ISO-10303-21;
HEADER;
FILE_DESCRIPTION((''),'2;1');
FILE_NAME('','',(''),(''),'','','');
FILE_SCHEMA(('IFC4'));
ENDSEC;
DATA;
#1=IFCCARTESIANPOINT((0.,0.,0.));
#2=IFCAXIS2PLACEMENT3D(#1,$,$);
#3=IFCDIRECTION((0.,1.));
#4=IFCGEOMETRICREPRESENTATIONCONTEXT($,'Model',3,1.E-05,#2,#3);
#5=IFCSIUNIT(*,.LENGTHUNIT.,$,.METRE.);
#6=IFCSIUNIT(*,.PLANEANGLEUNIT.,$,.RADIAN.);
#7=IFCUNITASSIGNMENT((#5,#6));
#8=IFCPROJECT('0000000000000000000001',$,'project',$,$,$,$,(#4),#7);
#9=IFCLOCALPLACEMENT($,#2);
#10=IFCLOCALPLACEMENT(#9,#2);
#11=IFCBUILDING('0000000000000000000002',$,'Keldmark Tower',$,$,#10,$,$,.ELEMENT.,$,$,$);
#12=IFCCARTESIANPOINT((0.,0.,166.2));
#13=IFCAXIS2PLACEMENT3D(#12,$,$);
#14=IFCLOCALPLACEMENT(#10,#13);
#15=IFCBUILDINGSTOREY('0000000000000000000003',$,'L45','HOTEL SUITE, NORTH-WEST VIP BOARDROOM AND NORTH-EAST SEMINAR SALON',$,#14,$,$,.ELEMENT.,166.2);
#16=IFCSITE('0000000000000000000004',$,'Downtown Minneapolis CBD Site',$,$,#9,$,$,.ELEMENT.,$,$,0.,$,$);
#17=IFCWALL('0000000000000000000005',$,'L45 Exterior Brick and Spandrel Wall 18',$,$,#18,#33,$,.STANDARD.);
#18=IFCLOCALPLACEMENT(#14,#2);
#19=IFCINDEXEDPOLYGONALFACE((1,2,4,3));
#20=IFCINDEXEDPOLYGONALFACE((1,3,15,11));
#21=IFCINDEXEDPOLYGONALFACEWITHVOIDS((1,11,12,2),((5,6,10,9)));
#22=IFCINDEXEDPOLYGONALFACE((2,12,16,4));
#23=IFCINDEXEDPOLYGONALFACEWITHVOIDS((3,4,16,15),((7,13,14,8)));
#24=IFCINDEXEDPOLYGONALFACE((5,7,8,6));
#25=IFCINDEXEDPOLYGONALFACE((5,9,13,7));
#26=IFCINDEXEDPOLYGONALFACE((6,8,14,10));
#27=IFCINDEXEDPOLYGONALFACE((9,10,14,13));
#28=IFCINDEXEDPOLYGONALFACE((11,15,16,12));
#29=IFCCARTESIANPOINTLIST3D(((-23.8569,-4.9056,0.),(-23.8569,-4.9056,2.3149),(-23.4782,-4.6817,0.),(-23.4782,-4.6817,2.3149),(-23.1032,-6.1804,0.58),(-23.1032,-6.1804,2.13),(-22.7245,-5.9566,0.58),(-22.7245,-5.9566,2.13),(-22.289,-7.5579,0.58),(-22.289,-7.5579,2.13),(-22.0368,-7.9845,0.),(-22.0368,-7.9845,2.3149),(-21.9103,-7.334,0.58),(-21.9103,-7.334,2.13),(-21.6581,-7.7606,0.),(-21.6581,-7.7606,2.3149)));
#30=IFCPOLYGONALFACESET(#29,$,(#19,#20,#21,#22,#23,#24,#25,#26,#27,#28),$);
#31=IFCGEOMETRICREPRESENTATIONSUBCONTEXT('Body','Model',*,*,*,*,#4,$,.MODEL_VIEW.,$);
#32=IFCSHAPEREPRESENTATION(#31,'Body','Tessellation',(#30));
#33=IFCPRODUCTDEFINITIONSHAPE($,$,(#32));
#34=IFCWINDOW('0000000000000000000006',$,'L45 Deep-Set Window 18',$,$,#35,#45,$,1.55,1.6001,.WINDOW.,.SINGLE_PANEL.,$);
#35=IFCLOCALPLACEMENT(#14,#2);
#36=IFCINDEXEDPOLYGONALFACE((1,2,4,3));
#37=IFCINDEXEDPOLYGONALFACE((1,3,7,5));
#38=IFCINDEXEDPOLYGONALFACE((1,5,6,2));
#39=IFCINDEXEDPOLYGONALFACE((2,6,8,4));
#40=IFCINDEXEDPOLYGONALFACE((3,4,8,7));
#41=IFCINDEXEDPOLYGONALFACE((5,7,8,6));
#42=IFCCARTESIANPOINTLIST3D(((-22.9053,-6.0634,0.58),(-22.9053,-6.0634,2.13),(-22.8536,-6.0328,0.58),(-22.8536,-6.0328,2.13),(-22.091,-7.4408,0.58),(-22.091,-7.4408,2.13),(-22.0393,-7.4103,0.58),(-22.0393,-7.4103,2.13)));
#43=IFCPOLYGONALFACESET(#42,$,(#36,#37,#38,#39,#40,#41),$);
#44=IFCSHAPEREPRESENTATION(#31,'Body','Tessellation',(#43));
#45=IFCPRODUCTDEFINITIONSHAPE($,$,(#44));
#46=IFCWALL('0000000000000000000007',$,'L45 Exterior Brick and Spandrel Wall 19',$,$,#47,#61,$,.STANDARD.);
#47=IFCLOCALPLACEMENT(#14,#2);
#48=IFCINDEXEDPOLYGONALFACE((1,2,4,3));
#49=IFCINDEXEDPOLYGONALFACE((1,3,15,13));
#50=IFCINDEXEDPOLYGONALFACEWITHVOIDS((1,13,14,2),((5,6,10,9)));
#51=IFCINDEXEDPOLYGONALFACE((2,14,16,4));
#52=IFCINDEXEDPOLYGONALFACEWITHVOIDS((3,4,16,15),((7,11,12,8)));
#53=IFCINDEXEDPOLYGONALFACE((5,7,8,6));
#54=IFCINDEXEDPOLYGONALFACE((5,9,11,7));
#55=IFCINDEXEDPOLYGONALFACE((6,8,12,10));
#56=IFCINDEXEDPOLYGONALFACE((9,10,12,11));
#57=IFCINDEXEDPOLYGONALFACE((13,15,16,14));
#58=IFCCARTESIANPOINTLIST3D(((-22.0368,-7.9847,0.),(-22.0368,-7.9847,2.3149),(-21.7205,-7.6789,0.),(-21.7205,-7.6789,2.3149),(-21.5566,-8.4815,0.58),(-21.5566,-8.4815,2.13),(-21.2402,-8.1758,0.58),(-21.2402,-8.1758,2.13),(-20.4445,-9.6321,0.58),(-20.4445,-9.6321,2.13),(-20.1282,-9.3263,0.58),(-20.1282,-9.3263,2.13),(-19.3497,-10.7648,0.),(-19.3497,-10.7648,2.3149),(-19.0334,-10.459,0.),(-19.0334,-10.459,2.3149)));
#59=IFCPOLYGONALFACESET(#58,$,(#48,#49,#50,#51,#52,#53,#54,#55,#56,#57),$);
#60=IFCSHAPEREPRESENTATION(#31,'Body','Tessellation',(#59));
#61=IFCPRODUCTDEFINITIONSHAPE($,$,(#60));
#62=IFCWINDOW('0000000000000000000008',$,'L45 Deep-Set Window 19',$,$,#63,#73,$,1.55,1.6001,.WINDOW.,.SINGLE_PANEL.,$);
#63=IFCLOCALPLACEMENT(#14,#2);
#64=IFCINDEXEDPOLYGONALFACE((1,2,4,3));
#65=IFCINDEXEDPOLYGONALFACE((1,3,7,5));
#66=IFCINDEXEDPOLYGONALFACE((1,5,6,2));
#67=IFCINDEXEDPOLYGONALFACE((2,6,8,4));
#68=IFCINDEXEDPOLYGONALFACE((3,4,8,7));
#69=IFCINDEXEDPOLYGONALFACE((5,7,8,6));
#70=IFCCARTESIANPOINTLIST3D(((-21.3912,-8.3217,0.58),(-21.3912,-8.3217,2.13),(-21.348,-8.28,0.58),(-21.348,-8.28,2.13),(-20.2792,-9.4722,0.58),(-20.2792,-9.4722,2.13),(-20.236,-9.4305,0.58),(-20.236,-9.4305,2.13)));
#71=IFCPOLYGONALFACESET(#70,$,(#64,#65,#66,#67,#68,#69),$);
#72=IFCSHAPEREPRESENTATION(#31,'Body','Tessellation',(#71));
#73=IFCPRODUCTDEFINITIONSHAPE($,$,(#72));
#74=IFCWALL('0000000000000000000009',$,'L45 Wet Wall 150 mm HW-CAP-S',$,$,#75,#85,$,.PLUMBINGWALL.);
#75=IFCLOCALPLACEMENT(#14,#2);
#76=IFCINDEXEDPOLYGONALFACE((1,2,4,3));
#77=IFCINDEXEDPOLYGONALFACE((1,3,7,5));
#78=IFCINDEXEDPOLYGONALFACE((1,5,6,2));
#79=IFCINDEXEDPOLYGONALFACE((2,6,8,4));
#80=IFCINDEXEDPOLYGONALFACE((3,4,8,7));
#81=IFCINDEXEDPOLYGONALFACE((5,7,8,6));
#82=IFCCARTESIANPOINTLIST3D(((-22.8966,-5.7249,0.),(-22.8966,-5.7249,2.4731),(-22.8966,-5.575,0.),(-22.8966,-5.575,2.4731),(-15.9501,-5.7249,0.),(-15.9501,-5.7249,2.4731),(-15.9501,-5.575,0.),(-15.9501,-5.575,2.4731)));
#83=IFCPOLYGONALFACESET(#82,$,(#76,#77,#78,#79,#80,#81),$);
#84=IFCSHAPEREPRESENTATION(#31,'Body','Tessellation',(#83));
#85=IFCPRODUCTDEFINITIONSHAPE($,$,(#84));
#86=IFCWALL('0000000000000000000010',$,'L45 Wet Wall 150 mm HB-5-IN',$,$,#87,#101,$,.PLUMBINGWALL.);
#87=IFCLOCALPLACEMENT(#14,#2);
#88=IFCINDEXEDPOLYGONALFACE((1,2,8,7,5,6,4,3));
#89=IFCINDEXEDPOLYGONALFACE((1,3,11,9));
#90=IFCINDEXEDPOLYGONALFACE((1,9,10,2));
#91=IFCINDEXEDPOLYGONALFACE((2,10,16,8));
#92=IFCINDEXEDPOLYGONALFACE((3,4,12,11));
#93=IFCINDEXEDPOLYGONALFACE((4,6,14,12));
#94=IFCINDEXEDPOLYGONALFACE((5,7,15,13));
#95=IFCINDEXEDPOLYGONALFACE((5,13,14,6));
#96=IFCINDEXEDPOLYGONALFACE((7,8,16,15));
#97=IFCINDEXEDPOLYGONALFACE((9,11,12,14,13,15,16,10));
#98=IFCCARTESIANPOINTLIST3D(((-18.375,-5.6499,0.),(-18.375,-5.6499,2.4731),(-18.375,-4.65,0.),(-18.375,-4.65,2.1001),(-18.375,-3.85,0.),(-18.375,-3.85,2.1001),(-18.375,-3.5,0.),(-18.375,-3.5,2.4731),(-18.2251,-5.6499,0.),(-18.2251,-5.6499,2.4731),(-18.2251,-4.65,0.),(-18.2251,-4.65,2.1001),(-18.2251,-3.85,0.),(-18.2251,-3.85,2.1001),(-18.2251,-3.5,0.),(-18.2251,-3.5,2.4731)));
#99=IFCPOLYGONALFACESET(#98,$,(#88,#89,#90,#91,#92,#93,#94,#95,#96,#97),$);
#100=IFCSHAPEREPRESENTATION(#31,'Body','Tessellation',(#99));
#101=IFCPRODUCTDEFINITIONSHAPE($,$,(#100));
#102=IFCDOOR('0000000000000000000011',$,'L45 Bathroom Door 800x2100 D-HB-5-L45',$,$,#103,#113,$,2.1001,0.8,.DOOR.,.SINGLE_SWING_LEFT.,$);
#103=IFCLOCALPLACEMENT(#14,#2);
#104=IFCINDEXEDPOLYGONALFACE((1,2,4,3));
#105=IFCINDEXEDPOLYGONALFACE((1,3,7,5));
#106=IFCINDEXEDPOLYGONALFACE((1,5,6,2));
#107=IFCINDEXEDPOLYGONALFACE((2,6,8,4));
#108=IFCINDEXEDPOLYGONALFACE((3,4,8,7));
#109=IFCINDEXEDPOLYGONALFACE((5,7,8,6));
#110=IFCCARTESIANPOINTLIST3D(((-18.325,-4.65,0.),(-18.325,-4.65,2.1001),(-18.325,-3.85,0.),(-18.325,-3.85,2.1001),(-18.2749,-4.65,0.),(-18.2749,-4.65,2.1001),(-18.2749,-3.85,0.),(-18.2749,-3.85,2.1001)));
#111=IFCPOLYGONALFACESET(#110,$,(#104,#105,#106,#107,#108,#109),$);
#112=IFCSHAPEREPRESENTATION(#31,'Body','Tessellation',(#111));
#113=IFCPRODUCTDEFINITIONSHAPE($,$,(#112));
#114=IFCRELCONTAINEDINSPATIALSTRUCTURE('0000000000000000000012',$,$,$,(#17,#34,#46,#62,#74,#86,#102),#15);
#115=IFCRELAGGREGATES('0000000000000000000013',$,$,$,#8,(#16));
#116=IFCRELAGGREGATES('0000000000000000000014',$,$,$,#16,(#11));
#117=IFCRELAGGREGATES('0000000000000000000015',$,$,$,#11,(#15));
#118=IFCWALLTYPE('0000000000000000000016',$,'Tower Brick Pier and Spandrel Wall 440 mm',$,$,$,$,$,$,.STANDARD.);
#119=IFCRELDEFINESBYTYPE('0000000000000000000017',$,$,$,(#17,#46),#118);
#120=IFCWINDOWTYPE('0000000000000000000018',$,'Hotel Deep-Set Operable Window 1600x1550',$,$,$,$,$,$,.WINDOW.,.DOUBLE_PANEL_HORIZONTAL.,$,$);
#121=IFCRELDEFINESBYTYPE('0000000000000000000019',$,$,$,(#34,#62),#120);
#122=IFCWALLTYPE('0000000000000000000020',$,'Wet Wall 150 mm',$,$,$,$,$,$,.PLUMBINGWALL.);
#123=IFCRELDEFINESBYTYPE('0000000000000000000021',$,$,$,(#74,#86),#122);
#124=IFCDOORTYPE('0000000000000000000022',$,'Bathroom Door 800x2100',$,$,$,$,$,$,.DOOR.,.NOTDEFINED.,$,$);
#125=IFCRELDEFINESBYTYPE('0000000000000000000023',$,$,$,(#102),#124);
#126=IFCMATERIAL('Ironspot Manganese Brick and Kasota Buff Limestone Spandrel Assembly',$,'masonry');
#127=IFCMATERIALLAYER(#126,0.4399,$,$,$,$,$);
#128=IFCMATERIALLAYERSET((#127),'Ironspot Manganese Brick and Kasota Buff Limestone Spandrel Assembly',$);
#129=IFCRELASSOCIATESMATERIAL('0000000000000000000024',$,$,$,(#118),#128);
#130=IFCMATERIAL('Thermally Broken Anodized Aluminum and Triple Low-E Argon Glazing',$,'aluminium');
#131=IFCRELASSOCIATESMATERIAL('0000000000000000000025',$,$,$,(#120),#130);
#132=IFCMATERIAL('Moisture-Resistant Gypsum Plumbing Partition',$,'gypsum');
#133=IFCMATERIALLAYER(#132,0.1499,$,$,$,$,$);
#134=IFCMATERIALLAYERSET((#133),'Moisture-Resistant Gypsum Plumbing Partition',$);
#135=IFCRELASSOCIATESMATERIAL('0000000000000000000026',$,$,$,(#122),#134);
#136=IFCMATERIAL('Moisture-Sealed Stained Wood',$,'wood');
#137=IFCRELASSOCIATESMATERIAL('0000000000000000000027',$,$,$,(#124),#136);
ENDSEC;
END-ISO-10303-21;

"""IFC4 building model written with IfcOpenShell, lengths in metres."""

from ifc_helpers import new_model, si_unit, direction, frame, frame_2d, origin, place, context, subcontext, project, spatial, rectangle, extrude, material, layer, layer_set, type_object, element, fill, save


model = new_model("IFC4")

# Units and contexts
model_context = context("Model", 3, precision=1e-05, world=origin(), true_north=direction((0.0, 1.0)))
body_context = subcontext(model_context, "Body", "Model", "MODEL_VIEW")
ifc_project = project(units=[si_unit("LENGTHUNIT", "METRE"), si_unit("PLANEANGLEUNIT", "RADIAN")], contexts=[model_context])

# Site, building, storey
site_placement = place(None, origin())
site = spatial("IfcSite", under=ifc_project, at=site_placement, Name="Downtown Minneapolis CBD Site", CompositionType="ELEMENT", RefElevation=0.0)
building_placement = place(site_placement, origin())
building = spatial("IfcBuilding", under=site, at=building_placement, Name="Keldmark Tower", CompositionType="ELEMENT")
storey_placement = place(building_placement, frame((0.0, 0.0, 166.2)))
storey = spatial("IfcBuildingStorey", under=building, at=storey_placement, Name="L45", Description="HOTEL SUITE, NORTH-WEST VIP BOARDROOM AND NORTH-EAST SEMINAR SALON", CompositionType="ELEMENT", Elevation=166.2)

# Walls, openings, windows
ifc_material_1 = material(Name="Ironspot Manganese Brick and Kasota Buff Limestone Spandrel Assembly", Category="masonry")
ifc_layer_1 = layer(ifc_material_1, 0.4399)
ifc_layer_set_1 = layer_set([ifc_layer_1], Name="Ironspot Manganese Brick and Kasota Buff Limestone Spandrel Assembly")
wall_type_1 = type_object("IfcWallType", Name="Tower Brick Pier and Spandrel Wall 440 mm", PredefinedType="STANDARD", material=ifc_layer_set_1)
wall_1_placement = place(storey_placement, frame((-21.8474, -7.8726, 0.0), z_axis=(0.0, 0.0, 1.0), x_axis=(-0.508883, 0.860835, 0.0)))
wall_1 = element("IfcWall", 1, at=wall_1_placement, inside=storey, type_object=wall_type_1, Name="L45 Exterior Brick and Spandrel Wall 18", PredefinedType="STANDARD", context=body_context, shape_type="SweptSolid", body=[
    extrude(rectangle(XDim=3.5767, YDim=0.4399, at=frame_2d((1.7883, 0.0))), origin(), (0.0, 0.0, 1.0), 2.3149),
])
opening_1_placement = place(wall_1_placement, frame((0.4956, 0.0, 0.5801)))
opening_1 = element("IfcOpeningElement", 2, at=opening_1_placement, cuts=wall_1, PredefinedType="OPENING", context=body_context, shape_type="SweptSolid", body=[
    extrude(rectangle(XDim=1.6001, YDim=1.55, at=frame_2d((0.8, 0.7749))), frame((0.0, 0.23, 0.0), z_axis=(0.0, -1.0, 0.0), x_axis=(1.0, 0.0, 0.0)), (0.0, 0.0, 1.0), 0.46),
])
ifc_material_2 = material(Name="Thermally Broken Anodized Aluminum and Triple Low-E Argon Glazing", Category="aluminium")
window_type = type_object("IfcWindowType", Name="Hotel Deep-Set Operable Window 1600x1550", PartitioningType="DOUBLE_PANEL_HORIZONTAL", PredefinedType="WINDOW", material=ifc_material_2)
window_1_placement = place(opening_1_placement, origin())
window_1 = element("IfcWindow", 3, at=window_1_placement, inside=storey, type_object=window_type, Name="L45 Deep-Set Window 18", OverallHeight=1.55, OverallWidth=1.6001, PartitioningType="SINGLE_PANEL", PredefinedType="WINDOW", context=body_context, shape_type="SweptSolid", body=[
    extrude(rectangle(XDim=1.6001, YDim=1.55, at=frame_2d((0.8, 0.7749))), frame((0.0, -0.01, 0.0), z_axis=(0.0, -1.0, 0.0), x_axis=(1.0, 0.0, 0.0)), (0.0, 0.0, 1.0), 0.0601),
])
fill(opening_1, window_1)
wall_2_placement = place(storey_placement, frame((-19.1917, -10.6118, 0.0), z_axis=(0.0, 0.0, 1.0), x_axis=(-0.694975, 0.719034, 0.0)))
wall_2 = element("IfcWall", 4, at=wall_2_placement, inside=storey, type_object=wall_type_1, Name="L45 Exterior Brick and Spandrel Wall 19", PredefinedType="STANDARD", context=body_context, shape_type="SweptSolid", body=[
    extrude(rectangle(XDim=3.8665, YDim=0.4399, at=frame_2d((1.9331, 0.0))), origin(), (0.0, 0.0, 1.0), 2.3149),
])
opening_2_placement = place(wall_2_placement, frame((1.5752, 0.0, 0.5801)))
opening_2 = element("IfcOpeningElement", 5, at=opening_2_placement, cuts=wall_2, PredefinedType="OPENING", context=body_context, shape_type="SweptSolid", body=[
    extrude(rectangle(XDim=1.6001, YDim=1.55, at=frame_2d((0.8, 0.7749))), frame((0.0, 0.23, 0.0), z_axis=(0.0, -1.0, 0.0), x_axis=(1.0, 0.0, 0.0)), (0.0, 0.0, 1.0), 0.46),
])
window_2_placement = place(opening_2_placement, origin())
window_2 = element("IfcWindow", 6, at=window_2_placement, inside=storey, type_object=window_type, Name="L45 Deep-Set Window 19", OverallHeight=1.55, OverallWidth=1.6001, PartitioningType="SINGLE_PANEL", PredefinedType="WINDOW", context=body_context, shape_type="SweptSolid", body=[
    extrude(rectangle(XDim=1.6001, YDim=1.55, at=frame_2d((0.8, 0.7749))), frame((0.0, -0.01, 0.0), z_axis=(0.0, -1.0, 0.0), x_axis=(1.0, 0.0, 0.0)), (0.0, 0.0, 1.0), 0.0601),
])
fill(opening_2, window_2)

# Wall
ifc_material_3 = material(Name="Moisture-Resistant Gypsum Plumbing Partition", Category="gypsum")
ifc_layer_2 = layer(ifc_material_3, 0.1499)
ifc_layer_set_2 = layer_set([ifc_layer_2], Name="Moisture-Resistant Gypsum Plumbing Partition")
wall_type_2 = type_object("IfcWallType", Name="Wet Wall 150 mm", PredefinedType="PLUMBINGWALL", material=ifc_layer_set_2)
wall_3_placement = place(storey_placement, frame((-22.8965, -5.6499, 0.0), z_axis=(0.0, 0.0, 1.0), x_axis=(1.0, 0.0, 0.0)))
element("IfcWall", 7, at=wall_3_placement, inside=storey, type_object=wall_type_2, Name="L45 Wet Wall 150 mm HW-CAP-S", PredefinedType="PLUMBINGWALL", context=body_context, shape_type="SweptSolid", body=[
    extrude(rectangle(XDim=6.9465, YDim=0.1499, at=frame_2d((3.4731, 0.0))), origin(), (0.0, 0.0, 1.0), 2.4731),
])

# Wall, opening, door
wall_4_placement = place(storey_placement, frame((-18.3, -5.6499, 0.0), z_axis=(0.0, 0.0, 1.0), x_axis=(0.0, 1.0, 0.0)))
wall_4 = element("IfcWall", 8, at=wall_4_placement, inside=storey, type_object=wall_type_2, Name="L45 Wet Wall 150 mm HB-5-IN", PredefinedType="PLUMBINGWALL", context=body_context, shape_type="SweptSolid", body=[
    extrude(rectangle(XDim=2.1499, YDim=0.1499, at=frame_2d((1.075, 0.0))), origin(), (0.0, 0.0, 1.0), 2.4731),
])
opening_3_placement = place(wall_4_placement, frame((1.0, 0.0, 0.0)))
opening_3 = element("IfcOpeningElement", 9, at=opening_3_placement, cuts=wall_4, PredefinedType="OPENING", context=body_context, shape_type="SweptSolid", body=[
    extrude(rectangle(XDim=0.8, YDim=2.1001, at=frame_2d((0.3999, 1.05))), frame((0.0, 0.085, 0.0), z_axis=(0.0, -1.0, 0.0), x_axis=(1.0, 0.0, 0.0)), (0.0, 0.0, 1.0), 0.1699),
])
ifc_material_4 = material(Name="Moisture-Sealed Stained Wood", Category="wood")
door_type = type_object("IfcDoorType", Name="Bathroom Door 800x2100", OperationType="NOTDEFINED", PredefinedType="DOOR", material=ifc_material_4)
door_placement = place(opening_3_placement, origin())
door = element("IfcDoor", 10, at=door_placement, inside=storey, type_object=door_type, Name="L45 Bathroom Door 800x2100 D-HB-5-L45", OperationType="SINGLE_SWING_LEFT", OverallHeight=2.1001, OverallWidth=0.8, PredefinedType="DOOR", context=body_context, shape_type="SweptSolid", body=[
    extrude(rectangle(XDim=0.8, YDim=2.1001, at=frame_2d((0.3999, 1.05))), frame((0.0, 0.0249, 0.0), z_axis=(0.0, -1.0, 0.0), x_axis=(1.0, 0.0, 0.0)), (0.0, 0.0, 1.0), 0.05),
])
fill(opening_3, door)

save(model, "model.ifc")
